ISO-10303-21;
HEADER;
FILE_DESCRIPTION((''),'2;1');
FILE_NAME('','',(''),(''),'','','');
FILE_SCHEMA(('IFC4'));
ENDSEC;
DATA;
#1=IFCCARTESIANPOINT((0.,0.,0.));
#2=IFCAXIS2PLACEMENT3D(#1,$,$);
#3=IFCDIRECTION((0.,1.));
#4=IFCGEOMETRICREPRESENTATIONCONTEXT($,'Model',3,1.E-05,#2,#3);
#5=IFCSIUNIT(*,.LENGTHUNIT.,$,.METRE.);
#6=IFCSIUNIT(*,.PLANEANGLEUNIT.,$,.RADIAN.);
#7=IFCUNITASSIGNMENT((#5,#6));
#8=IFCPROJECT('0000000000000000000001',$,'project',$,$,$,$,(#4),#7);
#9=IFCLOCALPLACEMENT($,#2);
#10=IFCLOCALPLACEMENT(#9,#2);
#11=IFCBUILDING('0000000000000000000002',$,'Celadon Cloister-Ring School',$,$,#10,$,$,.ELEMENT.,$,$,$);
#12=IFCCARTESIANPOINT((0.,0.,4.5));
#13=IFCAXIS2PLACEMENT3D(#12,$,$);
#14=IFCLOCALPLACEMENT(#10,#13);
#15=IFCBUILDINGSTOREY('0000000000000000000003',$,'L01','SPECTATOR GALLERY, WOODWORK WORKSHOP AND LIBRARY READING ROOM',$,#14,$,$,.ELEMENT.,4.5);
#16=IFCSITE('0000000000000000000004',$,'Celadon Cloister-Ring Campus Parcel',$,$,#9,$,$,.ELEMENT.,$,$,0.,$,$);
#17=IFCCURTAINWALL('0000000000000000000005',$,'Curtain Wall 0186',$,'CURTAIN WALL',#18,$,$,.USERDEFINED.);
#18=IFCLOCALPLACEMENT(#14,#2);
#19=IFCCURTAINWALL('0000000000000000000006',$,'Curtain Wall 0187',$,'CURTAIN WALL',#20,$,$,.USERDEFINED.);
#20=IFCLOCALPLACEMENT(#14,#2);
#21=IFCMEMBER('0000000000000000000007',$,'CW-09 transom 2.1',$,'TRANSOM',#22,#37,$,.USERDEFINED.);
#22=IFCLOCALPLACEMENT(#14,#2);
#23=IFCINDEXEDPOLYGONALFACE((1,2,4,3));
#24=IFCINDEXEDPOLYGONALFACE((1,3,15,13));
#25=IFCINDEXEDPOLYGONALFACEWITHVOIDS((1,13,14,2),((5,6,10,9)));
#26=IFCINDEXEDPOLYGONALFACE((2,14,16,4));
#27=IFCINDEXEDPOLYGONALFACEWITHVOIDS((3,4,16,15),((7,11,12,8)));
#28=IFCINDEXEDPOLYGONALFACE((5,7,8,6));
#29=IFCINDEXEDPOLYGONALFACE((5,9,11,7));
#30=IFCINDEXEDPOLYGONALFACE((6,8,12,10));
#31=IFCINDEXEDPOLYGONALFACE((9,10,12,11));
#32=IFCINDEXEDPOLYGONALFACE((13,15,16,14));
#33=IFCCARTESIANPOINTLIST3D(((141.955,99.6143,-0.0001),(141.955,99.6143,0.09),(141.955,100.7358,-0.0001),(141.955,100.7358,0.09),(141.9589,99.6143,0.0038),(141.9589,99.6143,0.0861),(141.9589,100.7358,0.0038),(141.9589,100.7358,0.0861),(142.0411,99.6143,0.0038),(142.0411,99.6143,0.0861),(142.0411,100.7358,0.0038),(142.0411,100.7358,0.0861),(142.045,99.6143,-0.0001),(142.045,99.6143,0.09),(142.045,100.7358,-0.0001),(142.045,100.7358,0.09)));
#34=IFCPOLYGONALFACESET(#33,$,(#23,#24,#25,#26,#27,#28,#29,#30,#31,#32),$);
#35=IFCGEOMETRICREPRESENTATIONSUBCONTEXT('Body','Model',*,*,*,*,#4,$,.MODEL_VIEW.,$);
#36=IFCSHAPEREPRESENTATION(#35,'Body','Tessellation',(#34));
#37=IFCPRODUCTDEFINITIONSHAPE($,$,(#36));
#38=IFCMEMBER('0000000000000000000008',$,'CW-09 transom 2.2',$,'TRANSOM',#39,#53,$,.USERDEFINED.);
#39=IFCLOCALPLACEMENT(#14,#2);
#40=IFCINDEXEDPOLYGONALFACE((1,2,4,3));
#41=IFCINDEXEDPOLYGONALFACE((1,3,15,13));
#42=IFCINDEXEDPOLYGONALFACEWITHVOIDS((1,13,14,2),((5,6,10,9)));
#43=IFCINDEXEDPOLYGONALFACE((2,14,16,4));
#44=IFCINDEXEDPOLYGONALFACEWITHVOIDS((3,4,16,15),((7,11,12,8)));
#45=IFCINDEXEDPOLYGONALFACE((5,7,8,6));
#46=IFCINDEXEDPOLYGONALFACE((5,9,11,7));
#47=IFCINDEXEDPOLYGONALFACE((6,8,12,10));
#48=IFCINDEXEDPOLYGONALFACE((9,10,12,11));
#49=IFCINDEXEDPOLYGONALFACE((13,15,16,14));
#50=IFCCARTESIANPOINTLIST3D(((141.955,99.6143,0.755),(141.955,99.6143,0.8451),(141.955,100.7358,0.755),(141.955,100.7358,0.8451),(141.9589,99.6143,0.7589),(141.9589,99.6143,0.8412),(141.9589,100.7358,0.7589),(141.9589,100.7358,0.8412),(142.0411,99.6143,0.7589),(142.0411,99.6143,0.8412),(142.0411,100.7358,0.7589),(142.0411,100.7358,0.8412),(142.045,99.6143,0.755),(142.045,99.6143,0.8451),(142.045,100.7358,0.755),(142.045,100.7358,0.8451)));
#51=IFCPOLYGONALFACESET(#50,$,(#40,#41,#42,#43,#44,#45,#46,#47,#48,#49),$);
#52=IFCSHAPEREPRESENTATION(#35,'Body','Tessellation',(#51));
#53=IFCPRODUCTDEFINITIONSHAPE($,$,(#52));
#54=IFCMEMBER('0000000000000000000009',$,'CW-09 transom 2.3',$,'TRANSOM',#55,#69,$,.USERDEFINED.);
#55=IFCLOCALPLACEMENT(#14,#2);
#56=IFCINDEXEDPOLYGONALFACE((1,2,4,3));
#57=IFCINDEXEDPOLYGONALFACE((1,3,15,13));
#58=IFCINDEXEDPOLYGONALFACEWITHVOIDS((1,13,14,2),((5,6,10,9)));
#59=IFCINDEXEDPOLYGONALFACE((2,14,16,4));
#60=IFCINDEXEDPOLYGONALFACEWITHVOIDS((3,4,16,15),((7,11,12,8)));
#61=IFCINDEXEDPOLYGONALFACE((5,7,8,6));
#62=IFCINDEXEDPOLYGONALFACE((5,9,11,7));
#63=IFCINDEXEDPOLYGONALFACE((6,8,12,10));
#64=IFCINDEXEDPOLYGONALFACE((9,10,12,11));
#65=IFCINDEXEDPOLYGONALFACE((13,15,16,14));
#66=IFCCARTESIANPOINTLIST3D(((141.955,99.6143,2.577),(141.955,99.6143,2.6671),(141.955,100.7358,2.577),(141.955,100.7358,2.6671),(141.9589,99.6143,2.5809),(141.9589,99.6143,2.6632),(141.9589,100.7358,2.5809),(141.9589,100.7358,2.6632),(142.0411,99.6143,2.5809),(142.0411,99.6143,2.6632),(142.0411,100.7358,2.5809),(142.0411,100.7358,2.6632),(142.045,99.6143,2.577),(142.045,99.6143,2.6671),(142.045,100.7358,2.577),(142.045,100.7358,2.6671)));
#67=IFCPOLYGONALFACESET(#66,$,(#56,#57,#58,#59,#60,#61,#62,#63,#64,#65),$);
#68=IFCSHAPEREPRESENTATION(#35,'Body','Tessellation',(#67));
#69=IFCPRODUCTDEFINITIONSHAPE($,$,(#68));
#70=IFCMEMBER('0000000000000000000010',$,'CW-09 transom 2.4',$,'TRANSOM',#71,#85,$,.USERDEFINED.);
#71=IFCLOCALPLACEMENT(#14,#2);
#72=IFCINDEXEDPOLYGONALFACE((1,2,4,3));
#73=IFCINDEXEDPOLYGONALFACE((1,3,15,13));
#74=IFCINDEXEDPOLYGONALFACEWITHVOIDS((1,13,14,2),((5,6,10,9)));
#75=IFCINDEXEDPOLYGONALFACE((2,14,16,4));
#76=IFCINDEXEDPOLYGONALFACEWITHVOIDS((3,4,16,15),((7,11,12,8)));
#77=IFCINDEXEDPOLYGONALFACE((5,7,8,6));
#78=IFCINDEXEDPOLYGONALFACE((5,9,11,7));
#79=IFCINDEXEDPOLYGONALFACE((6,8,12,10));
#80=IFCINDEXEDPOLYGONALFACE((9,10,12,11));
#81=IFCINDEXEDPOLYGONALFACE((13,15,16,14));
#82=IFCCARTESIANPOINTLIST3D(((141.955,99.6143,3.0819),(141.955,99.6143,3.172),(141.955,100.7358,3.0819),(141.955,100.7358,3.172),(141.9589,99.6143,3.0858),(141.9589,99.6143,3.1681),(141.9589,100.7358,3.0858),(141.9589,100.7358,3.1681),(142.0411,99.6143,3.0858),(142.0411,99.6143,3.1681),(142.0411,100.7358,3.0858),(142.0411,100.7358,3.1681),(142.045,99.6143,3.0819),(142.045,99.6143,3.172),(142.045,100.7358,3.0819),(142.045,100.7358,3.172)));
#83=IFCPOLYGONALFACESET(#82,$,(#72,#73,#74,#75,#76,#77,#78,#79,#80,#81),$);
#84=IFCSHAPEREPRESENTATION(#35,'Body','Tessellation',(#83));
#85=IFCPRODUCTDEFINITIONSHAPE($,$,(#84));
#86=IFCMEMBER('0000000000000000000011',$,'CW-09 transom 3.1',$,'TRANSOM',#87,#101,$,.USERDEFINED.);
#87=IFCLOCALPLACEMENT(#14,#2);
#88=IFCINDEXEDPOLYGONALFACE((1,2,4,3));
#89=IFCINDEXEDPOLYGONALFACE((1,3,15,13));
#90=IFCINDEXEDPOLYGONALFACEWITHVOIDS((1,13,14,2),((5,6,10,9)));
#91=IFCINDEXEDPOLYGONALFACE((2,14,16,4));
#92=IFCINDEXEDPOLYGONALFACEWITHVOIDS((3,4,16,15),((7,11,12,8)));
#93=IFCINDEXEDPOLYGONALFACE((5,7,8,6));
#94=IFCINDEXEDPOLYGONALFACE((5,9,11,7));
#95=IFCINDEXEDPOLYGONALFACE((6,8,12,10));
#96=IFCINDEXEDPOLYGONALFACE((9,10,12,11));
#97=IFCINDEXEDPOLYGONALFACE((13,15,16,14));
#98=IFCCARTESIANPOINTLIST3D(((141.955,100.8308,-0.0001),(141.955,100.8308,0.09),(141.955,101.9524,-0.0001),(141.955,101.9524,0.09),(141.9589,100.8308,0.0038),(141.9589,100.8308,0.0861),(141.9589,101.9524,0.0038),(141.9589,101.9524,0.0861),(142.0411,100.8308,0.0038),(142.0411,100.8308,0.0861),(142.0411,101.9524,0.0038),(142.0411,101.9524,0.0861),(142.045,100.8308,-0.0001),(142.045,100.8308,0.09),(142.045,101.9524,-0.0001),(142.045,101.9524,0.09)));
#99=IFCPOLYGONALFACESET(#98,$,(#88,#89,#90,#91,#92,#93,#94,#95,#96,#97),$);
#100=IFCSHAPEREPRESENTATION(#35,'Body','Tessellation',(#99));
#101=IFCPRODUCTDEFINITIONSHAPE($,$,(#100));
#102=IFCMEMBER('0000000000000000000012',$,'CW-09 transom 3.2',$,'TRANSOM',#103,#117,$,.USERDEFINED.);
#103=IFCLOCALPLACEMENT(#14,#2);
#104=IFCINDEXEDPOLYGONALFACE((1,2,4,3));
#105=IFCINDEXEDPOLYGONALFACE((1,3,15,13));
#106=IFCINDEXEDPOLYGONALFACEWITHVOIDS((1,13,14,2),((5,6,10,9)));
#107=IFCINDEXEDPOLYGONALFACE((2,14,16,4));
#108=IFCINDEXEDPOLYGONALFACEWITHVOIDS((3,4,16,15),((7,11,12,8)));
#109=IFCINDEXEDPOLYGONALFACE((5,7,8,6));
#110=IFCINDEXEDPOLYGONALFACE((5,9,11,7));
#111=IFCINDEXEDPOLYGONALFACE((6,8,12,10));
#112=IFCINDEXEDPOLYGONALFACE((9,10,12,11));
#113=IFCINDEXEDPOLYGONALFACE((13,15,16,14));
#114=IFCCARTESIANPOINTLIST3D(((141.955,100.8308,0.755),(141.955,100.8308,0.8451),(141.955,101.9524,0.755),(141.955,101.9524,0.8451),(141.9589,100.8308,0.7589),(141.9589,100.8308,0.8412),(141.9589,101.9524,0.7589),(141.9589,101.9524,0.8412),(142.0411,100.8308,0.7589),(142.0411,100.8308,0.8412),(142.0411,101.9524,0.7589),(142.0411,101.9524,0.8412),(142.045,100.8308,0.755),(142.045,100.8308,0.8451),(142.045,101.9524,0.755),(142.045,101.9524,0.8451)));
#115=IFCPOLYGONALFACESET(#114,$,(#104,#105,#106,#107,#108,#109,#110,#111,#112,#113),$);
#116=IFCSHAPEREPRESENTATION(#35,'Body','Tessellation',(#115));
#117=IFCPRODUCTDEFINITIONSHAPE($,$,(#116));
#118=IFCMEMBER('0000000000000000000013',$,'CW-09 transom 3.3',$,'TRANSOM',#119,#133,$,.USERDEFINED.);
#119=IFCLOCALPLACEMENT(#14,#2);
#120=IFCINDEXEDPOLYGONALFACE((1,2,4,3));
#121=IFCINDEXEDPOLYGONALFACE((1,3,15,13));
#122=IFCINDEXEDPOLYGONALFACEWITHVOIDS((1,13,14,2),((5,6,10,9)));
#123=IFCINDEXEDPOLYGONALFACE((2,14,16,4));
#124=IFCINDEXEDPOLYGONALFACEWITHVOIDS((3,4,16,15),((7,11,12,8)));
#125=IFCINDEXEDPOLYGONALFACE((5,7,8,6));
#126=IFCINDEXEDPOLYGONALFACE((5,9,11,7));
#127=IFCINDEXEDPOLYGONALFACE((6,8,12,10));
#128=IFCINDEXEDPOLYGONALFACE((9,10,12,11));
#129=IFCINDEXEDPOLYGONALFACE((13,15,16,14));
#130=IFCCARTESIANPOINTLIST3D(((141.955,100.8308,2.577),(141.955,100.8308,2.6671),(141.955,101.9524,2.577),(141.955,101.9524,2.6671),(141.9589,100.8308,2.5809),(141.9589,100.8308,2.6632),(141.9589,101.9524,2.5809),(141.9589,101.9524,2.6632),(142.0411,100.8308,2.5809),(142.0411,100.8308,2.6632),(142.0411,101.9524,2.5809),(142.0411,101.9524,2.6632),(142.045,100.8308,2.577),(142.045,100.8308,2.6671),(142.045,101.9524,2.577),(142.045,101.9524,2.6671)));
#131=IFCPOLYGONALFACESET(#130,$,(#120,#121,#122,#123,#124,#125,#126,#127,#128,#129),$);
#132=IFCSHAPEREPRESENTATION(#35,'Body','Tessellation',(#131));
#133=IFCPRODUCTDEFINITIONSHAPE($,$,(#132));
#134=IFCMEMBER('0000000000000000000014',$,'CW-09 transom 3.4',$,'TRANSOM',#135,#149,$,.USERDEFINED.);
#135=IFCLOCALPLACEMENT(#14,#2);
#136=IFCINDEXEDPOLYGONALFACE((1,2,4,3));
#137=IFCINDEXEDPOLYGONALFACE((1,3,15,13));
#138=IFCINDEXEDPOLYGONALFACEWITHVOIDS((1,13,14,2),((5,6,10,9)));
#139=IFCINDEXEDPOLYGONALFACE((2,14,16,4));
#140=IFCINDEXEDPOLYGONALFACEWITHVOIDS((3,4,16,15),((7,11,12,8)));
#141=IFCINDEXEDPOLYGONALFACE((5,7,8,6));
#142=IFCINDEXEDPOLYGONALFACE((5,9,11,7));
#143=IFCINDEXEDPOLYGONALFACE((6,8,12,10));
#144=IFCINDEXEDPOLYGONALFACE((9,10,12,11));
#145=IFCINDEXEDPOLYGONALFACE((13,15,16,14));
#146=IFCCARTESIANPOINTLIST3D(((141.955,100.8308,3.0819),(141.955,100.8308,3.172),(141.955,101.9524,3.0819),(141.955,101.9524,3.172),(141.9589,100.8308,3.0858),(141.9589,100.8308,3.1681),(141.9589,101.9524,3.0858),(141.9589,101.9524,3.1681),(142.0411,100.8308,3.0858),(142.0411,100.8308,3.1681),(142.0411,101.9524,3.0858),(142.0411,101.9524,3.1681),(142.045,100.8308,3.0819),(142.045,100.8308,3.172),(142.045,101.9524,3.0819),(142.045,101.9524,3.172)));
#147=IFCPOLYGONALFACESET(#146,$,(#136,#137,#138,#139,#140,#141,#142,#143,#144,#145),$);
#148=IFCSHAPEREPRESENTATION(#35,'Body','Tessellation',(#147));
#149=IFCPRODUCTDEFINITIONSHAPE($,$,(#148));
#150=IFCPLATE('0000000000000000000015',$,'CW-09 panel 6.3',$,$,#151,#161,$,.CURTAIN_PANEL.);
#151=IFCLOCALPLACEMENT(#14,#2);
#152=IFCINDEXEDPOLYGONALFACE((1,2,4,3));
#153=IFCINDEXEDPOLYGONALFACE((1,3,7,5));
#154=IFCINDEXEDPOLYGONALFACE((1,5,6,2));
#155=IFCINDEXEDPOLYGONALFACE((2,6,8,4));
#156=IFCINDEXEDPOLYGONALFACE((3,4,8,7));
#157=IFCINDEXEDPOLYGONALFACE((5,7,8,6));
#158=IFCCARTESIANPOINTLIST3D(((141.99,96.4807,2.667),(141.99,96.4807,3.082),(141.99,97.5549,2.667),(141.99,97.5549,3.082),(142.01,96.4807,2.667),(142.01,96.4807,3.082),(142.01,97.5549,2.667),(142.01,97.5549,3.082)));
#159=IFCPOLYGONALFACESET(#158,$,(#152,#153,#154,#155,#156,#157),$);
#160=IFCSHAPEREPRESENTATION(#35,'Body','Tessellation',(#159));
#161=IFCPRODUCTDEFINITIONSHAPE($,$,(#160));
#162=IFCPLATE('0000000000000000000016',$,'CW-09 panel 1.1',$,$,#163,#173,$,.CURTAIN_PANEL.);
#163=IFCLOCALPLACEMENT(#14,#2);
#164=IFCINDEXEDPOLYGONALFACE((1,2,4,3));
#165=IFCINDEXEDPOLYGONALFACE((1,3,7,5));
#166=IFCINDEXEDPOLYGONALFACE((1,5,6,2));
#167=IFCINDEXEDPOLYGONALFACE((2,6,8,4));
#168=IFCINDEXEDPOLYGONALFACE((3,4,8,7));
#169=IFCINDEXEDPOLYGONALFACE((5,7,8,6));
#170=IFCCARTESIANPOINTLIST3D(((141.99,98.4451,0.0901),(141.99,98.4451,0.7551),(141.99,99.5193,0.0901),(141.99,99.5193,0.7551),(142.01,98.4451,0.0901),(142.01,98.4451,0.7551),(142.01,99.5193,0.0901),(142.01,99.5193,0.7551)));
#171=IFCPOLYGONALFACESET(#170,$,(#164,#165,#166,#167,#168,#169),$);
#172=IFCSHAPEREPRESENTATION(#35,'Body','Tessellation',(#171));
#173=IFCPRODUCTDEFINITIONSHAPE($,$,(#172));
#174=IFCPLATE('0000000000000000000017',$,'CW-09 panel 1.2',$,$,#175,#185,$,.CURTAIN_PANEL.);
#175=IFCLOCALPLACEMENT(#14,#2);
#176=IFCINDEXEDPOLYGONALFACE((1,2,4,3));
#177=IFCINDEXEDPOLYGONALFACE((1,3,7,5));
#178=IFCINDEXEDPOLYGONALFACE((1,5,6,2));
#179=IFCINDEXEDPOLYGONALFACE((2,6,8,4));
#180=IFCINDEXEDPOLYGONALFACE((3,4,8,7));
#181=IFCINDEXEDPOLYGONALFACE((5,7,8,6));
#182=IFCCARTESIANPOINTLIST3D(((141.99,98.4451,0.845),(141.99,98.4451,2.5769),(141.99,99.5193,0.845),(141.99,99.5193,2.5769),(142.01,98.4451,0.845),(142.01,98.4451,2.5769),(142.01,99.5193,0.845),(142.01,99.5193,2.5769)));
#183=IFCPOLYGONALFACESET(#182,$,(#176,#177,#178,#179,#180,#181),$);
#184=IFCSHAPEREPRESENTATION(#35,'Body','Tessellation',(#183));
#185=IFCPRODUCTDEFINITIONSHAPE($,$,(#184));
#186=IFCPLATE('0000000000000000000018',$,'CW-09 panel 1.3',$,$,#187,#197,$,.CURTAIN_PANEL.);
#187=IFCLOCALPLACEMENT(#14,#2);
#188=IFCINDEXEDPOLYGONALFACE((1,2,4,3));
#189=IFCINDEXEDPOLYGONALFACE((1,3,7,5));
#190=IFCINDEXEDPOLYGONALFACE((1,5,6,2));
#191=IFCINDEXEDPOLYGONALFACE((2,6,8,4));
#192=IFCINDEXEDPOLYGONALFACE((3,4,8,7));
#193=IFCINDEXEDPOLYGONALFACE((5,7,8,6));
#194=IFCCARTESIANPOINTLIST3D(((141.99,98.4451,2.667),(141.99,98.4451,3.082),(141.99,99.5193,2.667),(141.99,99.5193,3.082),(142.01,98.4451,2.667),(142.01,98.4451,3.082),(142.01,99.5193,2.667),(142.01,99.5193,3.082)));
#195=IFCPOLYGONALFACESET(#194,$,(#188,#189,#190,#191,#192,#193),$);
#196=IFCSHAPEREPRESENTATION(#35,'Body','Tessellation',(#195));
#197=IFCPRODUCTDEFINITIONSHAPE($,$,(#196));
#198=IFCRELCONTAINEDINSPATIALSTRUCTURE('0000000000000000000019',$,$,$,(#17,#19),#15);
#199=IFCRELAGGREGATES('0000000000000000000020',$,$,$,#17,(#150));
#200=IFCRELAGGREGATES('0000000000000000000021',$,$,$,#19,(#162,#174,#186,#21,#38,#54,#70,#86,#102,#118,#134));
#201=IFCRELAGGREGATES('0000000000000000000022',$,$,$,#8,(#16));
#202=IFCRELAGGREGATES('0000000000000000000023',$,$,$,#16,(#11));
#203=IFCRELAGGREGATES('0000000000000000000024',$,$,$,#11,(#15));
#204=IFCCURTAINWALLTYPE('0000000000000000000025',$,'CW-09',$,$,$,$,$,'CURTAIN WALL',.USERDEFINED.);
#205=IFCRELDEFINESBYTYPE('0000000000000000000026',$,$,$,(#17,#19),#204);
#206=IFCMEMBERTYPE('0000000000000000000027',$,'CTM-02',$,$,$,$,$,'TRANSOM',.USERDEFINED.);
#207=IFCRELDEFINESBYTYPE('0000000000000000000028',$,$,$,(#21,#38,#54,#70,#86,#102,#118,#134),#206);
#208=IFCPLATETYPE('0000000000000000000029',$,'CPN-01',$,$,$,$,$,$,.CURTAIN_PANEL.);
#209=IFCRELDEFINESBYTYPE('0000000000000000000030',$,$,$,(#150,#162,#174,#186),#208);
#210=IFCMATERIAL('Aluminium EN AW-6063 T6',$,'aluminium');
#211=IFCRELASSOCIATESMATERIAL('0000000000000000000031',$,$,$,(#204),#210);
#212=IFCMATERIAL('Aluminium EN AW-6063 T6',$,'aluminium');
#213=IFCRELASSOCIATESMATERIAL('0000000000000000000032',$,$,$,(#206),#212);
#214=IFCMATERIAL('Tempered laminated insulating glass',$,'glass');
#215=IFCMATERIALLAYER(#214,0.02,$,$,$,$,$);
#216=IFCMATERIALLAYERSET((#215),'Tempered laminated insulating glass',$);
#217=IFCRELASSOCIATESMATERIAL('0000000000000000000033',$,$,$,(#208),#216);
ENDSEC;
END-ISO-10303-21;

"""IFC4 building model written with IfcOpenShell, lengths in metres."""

from ifc_helpers import new_model, si_unit, direction, frame, origin, origin_2d, place, context, subcontext, project, spatial, rectangle, hollow_rectangle, extrude, material, layer, layer_set, material_profile, profile_set, type_object, element, aggregate, save


model = new_model("IFC4")

# Units and contexts
model_context = context("Model", 3, precision=1e-05, world=origin(), true_north=direction((0.0, 1.0)))
body_context = subcontext(model_context, "Body", "Model", "MODEL_VIEW")
ifc_project = project(units=[si_unit("LENGTHUNIT", "METRE"), si_unit("PLANEANGLEUNIT", "RADIAN")], contexts=[model_context])

# Site, building, storey
site_placement = place(None, origin())
site = spatial("IfcSite", under=ifc_project, at=site_placement, Name="Celadon Cloister-Ring Campus Parcel", CompositionType="ELEMENT", RefElevation=0.0)
building_placement = place(site_placement, origin())
building = spatial("IfcBuilding", under=site, at=building_placement, Name="Celadon Cloister-Ring School", CompositionType="ELEMENT")
storey_placement = place(building_placement, frame((0.0, 0.0, 4.5)))
storey = spatial("IfcBuildingStorey", under=building, at=storey_placement, Name="L01", Description="SPECTATOR GALLERY, WOODWORK WORKSHOP AND LIBRARY READING ROOM", CompositionType="ELEMENT", Elevation=4.5)

# Curtain wall
ifc_material_1 = material(Name="Aluminium EN AW-6063 T6", Category="aluminium")
curtain_wall_type = type_object("IfcCurtainWallType", Name="CW-09", ElementType="CURTAIN WALL", PredefinedType="USERDEFINED", material=ifc_material_1)
curtain_wall_1_placement = place(storey_placement, origin())
curtain_wall_1 = element("IfcCurtainWall", 1, at=curtain_wall_1_placement, inside=storey, type_object=curtain_wall_type, Name="Curtain Wall 0186", ObjectType="CURTAIN WALL", PredefinedType="USERDEFINED")

# Curtain wall, members
curtain_wall_2_placement = place(storey_placement, origin())
curtain_wall_2 = element("IfcCurtainWall", 2, at=curtain_wall_2_placement, inside=storey, type_object=curtain_wall_type, Name="Curtain Wall 0187", ObjectType="CURTAIN WALL", PredefinedType="USERDEFINED")
ifc_material_2 = material(Name="Aluminium EN AW-6063 T6", Category="aluminium")
ifc_material_profile_1 = material_profile(ifc_material_2, hollow_rectangle(XDim=0.0901, YDim=0.0901, WallThickness=0.0039, at=origin_2d()), Name="RHS90X90X4")
ifc_profile_set_1 = profile_set([ifc_material_profile_1], Name="Aluminium EN AW-6063 T6")
member_type_1 = type_object("IfcMemberType", Name="CTM-02", ElementType="TRANSOM", PredefinedType="USERDEFINED", material=ifc_profile_set_1)
member_1_placement = place(storey_placement, frame((142.0, 99.6143, 0.0449), z_axis=(0.0, 1.0, 0.0), x_axis=(-1.0, 0.0, 0.0)))
member_1 = element("IfcMember", 3, at=member_1_placement, type_object=member_type_1, Name="CW-09 transom 2.1", ObjectType="TRANSOM", PredefinedType="USERDEFINED", context=body_context, shape_type="SweptSolid", body=[
    extrude(hollow_rectangle(XDim=0.0901, YDim=0.0901, WallThickness=0.0039, at=origin_2d()), origin(), (0.0, 0.0, 1.0), 1.1216),
])
member_2_placement = place(storey_placement, frame((142.0, 99.6143, 0.8), z_axis=(0.0, 1.0, 0.0), x_axis=(-1.0, 0.0, 0.0)))
member_2 = element("IfcMember", 4, at=member_2_placement, type_object=member_type_1, Name="CW-09 transom 2.2", ObjectType="TRANSOM", PredefinedType="USERDEFINED", context=body_context, shape_type="SweptSolid", body=[
    extrude(hollow_rectangle(XDim=0.0901, YDim=0.0901, WallThickness=0.0039, at=origin_2d()), origin(), (0.0, 0.0, 1.0), 1.1216),
])
member_3_placement = place(storey_placement, frame((142.0, 99.6143, 2.6221), z_axis=(0.0, 1.0, 0.0), x_axis=(-1.0, 0.0, 0.0)))
member_3 = element("IfcMember", 5, at=member_3_placement, type_object=member_type_1, Name="CW-09 transom 2.3", ObjectType="TRANSOM", PredefinedType="USERDEFINED", context=body_context, shape_type="SweptSolid", body=[
    extrude(hollow_rectangle(XDim=0.0901, YDim=0.0901, WallThickness=0.0039, at=origin_2d()), origin(), (0.0, 0.0, 1.0), 1.1216),
])
member_4_placement = place(storey_placement, frame((142.0, 99.6143, 3.127), z_axis=(0.0, 1.0, 0.0), x_axis=(-1.0, 0.0, 0.0)))
member_4 = element("IfcMember", 6, at=member_4_placement, type_object=member_type_1, Name="CW-09 transom 2.4", ObjectType="TRANSOM", PredefinedType="USERDEFINED", context=body_context, shape_type="SweptSolid", body=[
    extrude(hollow_rectangle(XDim=0.0901, YDim=0.0901, WallThickness=0.0039, at=origin_2d()), origin(), (0.0, 0.0, 1.0), 1.1216),
])
member_5_placement = place(storey_placement, frame((142.0, 100.8308, 0.0449), z_axis=(0.0, 1.0, 0.0), x_axis=(-1.0, 0.0, 0.0)))
member_5 = element("IfcMember", 7, at=member_5_placement, type_object=member_type_1, Name="CW-09 transom 3.1", ObjectType="TRANSOM", PredefinedType="USERDEFINED", context=body_context, shape_type="SweptSolid", body=[
    extrude(hollow_rectangle(XDim=0.0901, YDim=0.0901, WallThickness=0.0039, at=origin_2d()), origin(), (0.0, 0.0, 1.0), 1.1216),
])
member_6_placement = place(storey_placement, frame((142.0, 100.8308, 0.8), z_axis=(0.0, 1.0, 0.0), x_axis=(-1.0, 0.0, 0.0)))
member_6 = element("IfcMember", 8, at=member_6_placement, type_object=member_type_1, Name="CW-09 transom 3.2", ObjectType="TRANSOM", PredefinedType="USERDEFINED", context=body_context, shape_type="SweptSolid", body=[
    extrude(hollow_rectangle(XDim=0.0901, YDim=0.0901, WallThickness=0.0039, at=origin_2d()), origin(), (0.0, 0.0, 1.0), 1.1216),
])
member_7_placement = place(storey_placement, frame((142.0, 100.8308, 2.6221), z_axis=(0.0, 1.0, 0.0), x_axis=(-1.0, 0.0, 0.0)))
member_7 = element("IfcMember", 9, at=member_7_placement, type_object=member_type_1, Name="CW-09 transom 3.3", ObjectType="TRANSOM", PredefinedType="USERDEFINED", context=body_context, shape_type="SweptSolid", body=[
    extrude(hollow_rectangle(XDim=0.0901, YDim=0.0901, WallThickness=0.0039, at=origin_2d()), origin(), (0.0, 0.0, 1.0), 1.1216),
])
member_8_placement = place(storey_placement, frame((142.0, 100.8308, 3.127), z_axis=(0.0, 1.0, 0.0), x_axis=(-1.0, 0.0, 0.0)))
member_8 = element("IfcMember", 10, at=member_8_placement, type_object=member_type_1, Name="CW-09 transom 3.4", ObjectType="TRANSOM", PredefinedType="USERDEFINED", context=body_context, shape_type="SweptSolid", body=[
    extrude(hollow_rectangle(XDim=0.0901, YDim=0.0901, WallThickness=0.0039, at=origin_2d()), origin(), (0.0, 0.0, 1.0), 1.1216),
])

# Plates
ifc_material_3 = material(Name="Tempered laminated insulating glass", Category="glass")
ifc_layer = layer(ifc_material_3, 0.02)
ifc_layer_set = layer_set([ifc_layer], Name="Tempered laminated insulating glass")
plate_type = type_object("IfcPlateType", Name="CPN-01", PredefinedType="CURTAIN_PANEL", material=ifc_layer_set)
plate_1_placement = place(storey_placement, frame((142.0, 97.0178, 2.667), z_axis=(0.0, 0.0, 1.0), x_axis=(0.0, 1.0, 0.0)))
plate_1 = element("IfcPlate", 11, at=plate_1_placement, type_object=plate_type, Name="CW-09 panel 6.3", PredefinedType="CURTAIN_PANEL", context=body_context, shape_type="SweptSolid", body=[
    extrude(rectangle(XDim=1.0742, YDim=0.02, at=origin_2d()), origin(), (0.0, 0.0, 1.0), 0.415),
])
aggregate(curtain_wall_1, [plate_1])
plate_2_placement = place(storey_placement, frame((142.0, 98.9822, 0.0901), z_axis=(0.0, 0.0, 1.0), x_axis=(0.0, 1.0, 0.0)))
plate_2 = element("IfcPlate", 12, at=plate_2_placement, type_object=plate_type, Name="CW-09 panel 1.1", PredefinedType="CURTAIN_PANEL", context=body_context, shape_type="SweptSolid", body=[
    extrude(rectangle(XDim=1.0742, YDim=0.02, at=origin_2d()), origin(), (0.0, 0.0, 1.0), 0.665),
])
plate_3_placement = place(storey_placement, frame((142.0, 98.9822, 0.845), z_axis=(0.0, 0.0, 1.0), x_axis=(0.0, 1.0, 0.0)))
plate_3 = element("IfcPlate", 13, at=plate_3_placement, type_object=plate_type, Name="CW-09 panel 1.2", PredefinedType="CURTAIN_PANEL", context=body_context, shape_type="SweptSolid", body=[
    extrude(rectangle(XDim=1.0742, YDim=0.02, at=origin_2d()), origin(), (0.0, 0.0, 1.0), 1.7319),
])
plate_4_placement = place(storey_placement, frame((142.0, 98.9822, 2.667), z_axis=(0.0, 0.0, 1.0), x_axis=(0.0, 1.0, 0.0)))
plate_4 = element("IfcPlate", 14, at=plate_4_placement, type_object=plate_type, Name="CW-09 panel 1.3", PredefinedType="CURTAIN_PANEL", context=body_context, shape_type="SweptSolid", body=[
    extrude(rectangle(XDim=1.0742, YDim=0.02, at=origin_2d()), origin(), (0.0, 0.0, 1.0), 0.415),
])
aggregate(curtain_wall_2, [plate_2, plate_3, plate_4, member_1, member_2, member_3, member_4, member_5, member_6, member_7, member_8])

save(model, "model.ifc")
